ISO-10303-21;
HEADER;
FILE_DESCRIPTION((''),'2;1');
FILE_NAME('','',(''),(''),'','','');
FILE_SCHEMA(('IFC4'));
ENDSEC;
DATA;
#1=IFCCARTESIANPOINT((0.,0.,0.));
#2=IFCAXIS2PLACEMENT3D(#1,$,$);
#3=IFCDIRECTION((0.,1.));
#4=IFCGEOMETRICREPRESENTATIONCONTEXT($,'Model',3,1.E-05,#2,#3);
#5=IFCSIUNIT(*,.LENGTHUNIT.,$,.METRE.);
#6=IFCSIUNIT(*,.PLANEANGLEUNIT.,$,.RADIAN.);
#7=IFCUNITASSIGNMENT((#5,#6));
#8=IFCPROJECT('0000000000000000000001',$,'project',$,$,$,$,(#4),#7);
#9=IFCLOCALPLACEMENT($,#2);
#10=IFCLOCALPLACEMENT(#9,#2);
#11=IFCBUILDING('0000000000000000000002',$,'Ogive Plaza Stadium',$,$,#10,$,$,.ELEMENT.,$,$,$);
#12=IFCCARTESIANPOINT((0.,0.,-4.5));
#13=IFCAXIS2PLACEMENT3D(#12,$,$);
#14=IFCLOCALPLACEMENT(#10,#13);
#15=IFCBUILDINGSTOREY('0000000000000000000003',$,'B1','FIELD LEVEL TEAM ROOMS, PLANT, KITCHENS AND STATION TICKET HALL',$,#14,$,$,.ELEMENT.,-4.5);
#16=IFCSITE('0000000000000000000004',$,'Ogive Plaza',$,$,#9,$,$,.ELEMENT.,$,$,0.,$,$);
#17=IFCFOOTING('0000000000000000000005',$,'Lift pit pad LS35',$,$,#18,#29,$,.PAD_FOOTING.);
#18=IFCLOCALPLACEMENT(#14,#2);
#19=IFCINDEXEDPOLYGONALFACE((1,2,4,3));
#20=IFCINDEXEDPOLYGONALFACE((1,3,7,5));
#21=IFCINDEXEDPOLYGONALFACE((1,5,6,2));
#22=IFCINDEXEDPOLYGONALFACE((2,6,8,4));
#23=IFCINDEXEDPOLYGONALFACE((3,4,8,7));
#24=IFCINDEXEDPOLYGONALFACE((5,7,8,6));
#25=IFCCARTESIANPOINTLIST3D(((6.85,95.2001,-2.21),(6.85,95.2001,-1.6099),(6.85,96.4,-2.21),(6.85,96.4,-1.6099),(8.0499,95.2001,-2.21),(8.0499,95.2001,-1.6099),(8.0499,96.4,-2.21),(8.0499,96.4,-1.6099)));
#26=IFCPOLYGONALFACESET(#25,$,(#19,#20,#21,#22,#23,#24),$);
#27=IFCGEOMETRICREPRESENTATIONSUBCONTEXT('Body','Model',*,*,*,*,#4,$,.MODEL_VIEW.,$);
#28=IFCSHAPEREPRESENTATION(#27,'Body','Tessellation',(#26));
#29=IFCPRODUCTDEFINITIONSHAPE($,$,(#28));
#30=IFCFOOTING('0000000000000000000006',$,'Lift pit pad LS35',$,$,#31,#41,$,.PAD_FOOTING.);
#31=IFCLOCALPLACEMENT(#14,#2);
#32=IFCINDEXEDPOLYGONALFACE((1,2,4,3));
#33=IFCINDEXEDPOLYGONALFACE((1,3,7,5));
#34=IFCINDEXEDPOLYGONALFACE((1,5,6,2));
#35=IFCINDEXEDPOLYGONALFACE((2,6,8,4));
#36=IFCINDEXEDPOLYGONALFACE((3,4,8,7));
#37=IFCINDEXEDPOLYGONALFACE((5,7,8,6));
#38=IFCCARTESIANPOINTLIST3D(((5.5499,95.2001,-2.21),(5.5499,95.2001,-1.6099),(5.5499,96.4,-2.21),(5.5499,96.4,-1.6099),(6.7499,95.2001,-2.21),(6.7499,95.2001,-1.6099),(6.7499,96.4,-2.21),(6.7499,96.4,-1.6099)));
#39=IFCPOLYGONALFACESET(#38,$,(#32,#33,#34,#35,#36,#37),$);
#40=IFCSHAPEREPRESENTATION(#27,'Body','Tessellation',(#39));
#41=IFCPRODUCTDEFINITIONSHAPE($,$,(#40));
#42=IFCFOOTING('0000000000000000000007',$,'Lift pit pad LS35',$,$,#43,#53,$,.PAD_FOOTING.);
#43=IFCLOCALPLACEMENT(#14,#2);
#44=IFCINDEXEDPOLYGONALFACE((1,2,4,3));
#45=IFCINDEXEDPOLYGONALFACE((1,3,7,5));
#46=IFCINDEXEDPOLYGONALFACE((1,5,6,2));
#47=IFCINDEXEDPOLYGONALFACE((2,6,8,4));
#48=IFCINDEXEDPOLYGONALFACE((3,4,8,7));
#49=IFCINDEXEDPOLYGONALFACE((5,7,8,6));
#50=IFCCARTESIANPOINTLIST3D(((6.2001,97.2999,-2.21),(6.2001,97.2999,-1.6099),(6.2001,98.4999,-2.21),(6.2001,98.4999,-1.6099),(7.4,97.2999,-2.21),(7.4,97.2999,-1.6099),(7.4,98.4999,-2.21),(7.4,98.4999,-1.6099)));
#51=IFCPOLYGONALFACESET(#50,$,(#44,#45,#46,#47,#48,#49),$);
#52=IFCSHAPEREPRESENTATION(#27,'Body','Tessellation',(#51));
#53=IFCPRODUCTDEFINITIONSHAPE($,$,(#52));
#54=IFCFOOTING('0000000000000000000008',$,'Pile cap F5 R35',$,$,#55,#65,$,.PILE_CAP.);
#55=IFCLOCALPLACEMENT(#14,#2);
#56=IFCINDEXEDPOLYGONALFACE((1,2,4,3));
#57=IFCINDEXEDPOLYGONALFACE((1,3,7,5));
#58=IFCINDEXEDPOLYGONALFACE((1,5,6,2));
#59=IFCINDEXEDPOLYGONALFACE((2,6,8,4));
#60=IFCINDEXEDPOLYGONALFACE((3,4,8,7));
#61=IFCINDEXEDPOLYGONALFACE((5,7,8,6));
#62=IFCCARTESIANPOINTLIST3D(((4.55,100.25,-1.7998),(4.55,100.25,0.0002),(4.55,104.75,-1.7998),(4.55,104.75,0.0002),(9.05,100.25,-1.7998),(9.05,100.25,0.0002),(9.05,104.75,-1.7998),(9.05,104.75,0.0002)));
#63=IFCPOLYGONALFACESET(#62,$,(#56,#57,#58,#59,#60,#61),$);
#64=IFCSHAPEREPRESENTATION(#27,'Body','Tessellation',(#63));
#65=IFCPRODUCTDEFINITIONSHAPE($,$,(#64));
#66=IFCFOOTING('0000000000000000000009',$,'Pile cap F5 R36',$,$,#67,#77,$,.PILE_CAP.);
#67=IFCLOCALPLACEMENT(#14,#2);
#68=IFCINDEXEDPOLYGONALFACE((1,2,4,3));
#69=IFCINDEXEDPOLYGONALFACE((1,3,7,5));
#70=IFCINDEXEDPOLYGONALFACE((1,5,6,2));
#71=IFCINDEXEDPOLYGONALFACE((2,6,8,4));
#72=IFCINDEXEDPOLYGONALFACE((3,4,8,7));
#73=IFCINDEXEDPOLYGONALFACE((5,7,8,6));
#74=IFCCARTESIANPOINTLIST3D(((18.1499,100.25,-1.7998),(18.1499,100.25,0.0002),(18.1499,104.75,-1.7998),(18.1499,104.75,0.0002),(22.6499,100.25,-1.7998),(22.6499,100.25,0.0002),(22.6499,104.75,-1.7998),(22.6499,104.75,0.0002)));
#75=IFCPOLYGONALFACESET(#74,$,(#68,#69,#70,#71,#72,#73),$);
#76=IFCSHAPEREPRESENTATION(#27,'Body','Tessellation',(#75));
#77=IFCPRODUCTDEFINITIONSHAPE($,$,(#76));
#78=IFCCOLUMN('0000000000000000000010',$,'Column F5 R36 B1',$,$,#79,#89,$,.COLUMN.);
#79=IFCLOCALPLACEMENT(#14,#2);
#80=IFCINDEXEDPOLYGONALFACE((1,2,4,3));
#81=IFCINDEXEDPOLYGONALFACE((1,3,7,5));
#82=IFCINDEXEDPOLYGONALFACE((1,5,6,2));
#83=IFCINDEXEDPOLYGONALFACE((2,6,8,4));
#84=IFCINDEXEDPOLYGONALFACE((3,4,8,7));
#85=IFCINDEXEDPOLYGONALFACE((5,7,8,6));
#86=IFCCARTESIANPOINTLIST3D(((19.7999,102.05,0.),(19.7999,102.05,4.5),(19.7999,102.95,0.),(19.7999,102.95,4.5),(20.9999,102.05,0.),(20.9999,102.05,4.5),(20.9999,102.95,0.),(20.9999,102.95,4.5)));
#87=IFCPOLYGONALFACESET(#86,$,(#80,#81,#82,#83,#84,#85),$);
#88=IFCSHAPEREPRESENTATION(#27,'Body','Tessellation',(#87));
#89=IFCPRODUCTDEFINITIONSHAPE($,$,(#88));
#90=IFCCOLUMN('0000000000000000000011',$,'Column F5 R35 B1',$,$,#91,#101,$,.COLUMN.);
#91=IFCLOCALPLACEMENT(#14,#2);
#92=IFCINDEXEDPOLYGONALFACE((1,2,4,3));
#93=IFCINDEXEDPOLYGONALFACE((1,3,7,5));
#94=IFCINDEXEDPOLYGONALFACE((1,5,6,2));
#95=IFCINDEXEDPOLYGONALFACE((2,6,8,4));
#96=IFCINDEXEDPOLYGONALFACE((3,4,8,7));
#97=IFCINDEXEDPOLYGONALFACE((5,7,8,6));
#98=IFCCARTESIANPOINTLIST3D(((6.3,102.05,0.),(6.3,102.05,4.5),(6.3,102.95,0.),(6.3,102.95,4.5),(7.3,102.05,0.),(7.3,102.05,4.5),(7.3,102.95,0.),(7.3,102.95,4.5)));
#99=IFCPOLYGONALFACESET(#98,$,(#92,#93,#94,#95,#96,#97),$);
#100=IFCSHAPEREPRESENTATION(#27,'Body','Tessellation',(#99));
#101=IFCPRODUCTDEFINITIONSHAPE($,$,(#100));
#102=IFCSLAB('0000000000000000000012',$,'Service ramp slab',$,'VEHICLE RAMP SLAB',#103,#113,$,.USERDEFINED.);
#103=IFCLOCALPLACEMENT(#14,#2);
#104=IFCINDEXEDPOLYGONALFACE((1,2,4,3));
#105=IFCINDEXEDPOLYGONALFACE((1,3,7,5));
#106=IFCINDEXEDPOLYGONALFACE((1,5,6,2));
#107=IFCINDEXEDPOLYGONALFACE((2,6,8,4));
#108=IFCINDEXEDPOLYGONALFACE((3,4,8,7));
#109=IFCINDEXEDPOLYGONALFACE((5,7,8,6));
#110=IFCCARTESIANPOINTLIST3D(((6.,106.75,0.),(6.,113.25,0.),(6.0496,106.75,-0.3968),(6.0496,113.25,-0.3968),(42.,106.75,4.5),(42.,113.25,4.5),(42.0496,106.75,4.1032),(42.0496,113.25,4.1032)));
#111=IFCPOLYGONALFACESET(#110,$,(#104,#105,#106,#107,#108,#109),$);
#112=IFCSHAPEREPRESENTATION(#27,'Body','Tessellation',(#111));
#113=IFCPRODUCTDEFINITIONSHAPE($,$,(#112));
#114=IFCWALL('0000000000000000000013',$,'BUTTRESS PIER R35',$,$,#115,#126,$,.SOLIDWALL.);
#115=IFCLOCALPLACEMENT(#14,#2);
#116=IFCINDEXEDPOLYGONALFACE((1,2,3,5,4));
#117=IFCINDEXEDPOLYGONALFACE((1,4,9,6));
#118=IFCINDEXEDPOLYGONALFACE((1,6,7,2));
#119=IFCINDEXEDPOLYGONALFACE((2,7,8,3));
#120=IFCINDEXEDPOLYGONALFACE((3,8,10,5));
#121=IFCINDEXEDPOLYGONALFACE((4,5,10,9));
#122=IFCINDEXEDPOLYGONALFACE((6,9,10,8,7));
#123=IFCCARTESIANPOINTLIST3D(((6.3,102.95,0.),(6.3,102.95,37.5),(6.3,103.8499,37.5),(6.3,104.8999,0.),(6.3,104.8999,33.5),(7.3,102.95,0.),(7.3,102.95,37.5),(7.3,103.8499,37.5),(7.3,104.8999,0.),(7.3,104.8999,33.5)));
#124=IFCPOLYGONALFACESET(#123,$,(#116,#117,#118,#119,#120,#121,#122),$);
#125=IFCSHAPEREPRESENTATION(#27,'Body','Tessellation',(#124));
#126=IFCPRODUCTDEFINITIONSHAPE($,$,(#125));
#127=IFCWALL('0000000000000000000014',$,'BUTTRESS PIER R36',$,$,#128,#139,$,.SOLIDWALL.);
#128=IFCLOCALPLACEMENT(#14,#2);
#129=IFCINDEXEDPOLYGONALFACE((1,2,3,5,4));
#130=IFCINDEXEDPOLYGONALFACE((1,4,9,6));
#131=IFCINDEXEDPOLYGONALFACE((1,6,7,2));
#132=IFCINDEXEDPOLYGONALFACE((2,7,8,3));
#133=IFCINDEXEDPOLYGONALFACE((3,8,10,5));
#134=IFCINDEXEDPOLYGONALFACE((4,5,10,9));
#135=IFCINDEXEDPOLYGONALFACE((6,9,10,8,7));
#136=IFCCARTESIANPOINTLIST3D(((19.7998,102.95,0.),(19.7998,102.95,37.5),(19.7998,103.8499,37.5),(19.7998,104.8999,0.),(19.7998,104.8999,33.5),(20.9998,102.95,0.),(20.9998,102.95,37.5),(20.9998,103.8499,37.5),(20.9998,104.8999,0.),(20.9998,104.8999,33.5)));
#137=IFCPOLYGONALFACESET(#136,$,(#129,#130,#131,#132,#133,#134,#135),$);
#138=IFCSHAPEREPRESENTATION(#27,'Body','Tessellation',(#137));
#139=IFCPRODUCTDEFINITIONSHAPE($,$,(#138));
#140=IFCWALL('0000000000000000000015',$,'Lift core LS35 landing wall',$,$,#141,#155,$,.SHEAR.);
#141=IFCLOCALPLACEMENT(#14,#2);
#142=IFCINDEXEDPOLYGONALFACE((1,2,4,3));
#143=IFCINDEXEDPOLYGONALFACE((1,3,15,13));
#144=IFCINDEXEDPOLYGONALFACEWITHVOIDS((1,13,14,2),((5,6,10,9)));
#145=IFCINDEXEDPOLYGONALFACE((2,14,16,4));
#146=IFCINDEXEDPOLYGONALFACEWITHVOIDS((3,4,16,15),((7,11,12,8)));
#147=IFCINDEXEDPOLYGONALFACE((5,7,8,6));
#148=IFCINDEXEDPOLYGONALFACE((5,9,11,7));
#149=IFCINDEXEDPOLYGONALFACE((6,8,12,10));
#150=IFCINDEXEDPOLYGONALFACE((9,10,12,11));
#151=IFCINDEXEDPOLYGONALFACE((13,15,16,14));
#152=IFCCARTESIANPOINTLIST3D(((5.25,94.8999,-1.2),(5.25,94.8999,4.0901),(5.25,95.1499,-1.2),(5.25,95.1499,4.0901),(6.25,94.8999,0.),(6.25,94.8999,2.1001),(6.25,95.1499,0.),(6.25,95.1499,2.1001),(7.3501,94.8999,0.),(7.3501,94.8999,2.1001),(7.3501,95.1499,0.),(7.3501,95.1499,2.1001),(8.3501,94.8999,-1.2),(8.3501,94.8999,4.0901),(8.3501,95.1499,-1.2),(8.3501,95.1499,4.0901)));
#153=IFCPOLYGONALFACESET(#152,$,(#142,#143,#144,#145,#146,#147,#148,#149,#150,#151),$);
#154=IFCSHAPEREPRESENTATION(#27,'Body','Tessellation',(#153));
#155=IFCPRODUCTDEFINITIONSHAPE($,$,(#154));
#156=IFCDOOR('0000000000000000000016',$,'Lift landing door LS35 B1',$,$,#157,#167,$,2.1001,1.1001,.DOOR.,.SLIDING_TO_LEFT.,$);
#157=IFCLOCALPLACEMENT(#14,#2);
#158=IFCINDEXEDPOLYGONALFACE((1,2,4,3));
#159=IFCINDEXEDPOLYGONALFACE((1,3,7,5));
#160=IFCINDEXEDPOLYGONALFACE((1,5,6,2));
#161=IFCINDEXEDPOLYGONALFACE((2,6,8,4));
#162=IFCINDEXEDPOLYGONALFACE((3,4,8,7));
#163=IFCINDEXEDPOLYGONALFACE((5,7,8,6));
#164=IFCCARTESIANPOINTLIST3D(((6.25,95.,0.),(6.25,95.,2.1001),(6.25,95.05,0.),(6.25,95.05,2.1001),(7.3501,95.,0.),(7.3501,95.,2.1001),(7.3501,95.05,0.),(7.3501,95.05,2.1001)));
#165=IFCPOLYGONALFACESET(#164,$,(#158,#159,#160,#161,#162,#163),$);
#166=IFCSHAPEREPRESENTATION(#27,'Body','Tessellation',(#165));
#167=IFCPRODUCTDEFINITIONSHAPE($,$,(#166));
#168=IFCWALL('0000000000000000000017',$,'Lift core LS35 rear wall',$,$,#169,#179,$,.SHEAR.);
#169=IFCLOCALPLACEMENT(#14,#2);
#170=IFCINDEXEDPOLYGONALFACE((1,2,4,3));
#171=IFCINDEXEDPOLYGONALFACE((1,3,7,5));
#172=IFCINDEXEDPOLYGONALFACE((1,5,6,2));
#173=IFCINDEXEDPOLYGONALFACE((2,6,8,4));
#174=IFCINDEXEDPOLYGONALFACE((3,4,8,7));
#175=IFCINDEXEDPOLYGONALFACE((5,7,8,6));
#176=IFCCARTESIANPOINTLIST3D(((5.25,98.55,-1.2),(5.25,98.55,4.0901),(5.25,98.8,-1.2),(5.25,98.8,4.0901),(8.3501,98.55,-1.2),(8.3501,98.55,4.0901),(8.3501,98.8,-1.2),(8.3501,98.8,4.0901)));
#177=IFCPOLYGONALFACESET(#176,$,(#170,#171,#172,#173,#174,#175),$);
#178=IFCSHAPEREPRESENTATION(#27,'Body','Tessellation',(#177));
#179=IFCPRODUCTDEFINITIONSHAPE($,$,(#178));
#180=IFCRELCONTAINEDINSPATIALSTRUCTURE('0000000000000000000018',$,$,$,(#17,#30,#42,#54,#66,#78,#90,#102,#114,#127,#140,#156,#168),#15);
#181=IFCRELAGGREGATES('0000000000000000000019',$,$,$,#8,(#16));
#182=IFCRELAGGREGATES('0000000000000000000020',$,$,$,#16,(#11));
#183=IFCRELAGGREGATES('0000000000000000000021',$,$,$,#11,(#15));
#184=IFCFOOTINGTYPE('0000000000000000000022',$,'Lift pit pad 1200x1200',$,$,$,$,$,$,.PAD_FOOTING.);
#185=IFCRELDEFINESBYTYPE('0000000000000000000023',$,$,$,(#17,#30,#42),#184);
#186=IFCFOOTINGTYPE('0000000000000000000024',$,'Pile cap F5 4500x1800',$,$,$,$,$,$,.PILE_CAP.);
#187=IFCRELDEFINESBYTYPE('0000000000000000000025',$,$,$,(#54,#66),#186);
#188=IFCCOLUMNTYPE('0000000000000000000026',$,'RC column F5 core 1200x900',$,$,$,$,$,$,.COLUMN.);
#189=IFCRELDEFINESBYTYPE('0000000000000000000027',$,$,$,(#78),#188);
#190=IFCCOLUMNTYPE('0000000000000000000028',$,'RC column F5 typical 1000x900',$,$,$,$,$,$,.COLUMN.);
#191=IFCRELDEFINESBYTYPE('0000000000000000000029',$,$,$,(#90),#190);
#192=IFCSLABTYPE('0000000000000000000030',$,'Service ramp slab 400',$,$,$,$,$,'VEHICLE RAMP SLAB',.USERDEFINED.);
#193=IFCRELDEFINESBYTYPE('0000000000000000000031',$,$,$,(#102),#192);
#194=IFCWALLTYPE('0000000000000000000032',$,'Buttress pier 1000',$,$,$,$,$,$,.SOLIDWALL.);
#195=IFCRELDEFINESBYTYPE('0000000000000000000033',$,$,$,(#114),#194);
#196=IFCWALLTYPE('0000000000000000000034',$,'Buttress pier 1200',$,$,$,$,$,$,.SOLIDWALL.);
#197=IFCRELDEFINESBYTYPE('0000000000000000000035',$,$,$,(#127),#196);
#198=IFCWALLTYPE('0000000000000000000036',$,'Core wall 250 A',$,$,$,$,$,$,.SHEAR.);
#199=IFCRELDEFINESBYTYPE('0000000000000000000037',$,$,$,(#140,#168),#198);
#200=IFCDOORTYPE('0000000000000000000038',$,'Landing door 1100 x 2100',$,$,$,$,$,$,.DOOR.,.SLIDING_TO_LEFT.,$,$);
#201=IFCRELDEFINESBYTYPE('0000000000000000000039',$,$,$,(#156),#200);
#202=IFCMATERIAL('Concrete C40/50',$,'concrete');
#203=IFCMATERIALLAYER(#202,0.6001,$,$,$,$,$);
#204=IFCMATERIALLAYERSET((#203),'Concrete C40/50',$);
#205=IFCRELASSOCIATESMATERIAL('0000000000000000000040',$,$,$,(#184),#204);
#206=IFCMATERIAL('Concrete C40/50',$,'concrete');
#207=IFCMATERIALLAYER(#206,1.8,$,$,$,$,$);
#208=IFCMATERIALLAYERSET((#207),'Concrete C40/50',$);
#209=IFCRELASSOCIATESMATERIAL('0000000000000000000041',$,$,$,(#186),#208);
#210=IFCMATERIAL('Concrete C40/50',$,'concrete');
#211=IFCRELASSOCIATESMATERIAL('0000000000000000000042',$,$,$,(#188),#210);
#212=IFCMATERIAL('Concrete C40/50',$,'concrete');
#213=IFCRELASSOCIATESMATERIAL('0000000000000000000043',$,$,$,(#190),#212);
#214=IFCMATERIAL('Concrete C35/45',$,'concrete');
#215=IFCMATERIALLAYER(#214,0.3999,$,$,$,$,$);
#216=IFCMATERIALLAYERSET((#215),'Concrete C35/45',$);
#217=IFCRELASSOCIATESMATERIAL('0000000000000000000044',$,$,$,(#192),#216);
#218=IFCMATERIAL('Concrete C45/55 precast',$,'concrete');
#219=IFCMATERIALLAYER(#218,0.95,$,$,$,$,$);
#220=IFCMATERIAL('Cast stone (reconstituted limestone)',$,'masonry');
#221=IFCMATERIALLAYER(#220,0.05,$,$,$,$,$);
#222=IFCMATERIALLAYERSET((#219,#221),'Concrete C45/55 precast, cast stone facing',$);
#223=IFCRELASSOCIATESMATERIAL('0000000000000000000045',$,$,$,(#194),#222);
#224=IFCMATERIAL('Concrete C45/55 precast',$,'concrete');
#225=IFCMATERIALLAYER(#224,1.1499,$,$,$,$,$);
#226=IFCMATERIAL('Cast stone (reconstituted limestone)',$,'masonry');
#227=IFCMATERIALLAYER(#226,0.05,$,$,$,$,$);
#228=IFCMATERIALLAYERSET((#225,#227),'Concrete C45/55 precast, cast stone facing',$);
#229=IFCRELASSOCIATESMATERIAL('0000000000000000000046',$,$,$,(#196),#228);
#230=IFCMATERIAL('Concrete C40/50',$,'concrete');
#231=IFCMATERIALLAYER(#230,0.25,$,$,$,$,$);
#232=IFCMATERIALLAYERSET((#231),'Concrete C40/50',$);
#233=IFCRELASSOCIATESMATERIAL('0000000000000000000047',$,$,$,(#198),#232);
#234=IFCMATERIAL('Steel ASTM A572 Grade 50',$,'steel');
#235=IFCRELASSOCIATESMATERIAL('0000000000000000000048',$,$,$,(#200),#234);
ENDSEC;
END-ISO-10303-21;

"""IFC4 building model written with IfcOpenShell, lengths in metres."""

from ifc_helpers import new_model, si_unit, direction, frame, frame_2d, origin, origin_2d, place, context, subcontext, project, spatial, polyline, rectangle, outline, extrude, material, layer, layer_set, material_profile, profile_set, type_object, element, fill, save


model = new_model("IFC4")

# Units and contexts
model_context = context("Model", 3, precision=1e-05, world=origin(), true_north=direction((0.0, 1.0)))
body_context = subcontext(model_context, "Body", "Model", "MODEL_VIEW")
ifc_project = project(units=[si_unit("LENGTHUNIT", "METRE"), si_unit("PLANEANGLEUNIT", "RADIAN")], contexts=[model_context])

# Site, building, storey
site_placement = place(None, origin())
site = spatial("IfcSite", under=ifc_project, at=site_placement, Name="Ogive Plaza", CompositionType="ELEMENT", RefElevation=0.0)
building_placement = place(site_placement, origin())
building = spatial("IfcBuilding", under=site, at=building_placement, Name="Ogive Plaza Stadium", CompositionType="ELEMENT")
storey_placement = place(building_placement, frame((0.0, 0.0, -4.5)))
storey = spatial("IfcBuildingStorey", under=building, at=storey_placement, Name="B1", Description="FIELD LEVEL TEAM ROOMS, PLANT, KITCHENS AND STATION TICKET HALL", CompositionType="ELEMENT", Elevation=-4.5)

# Footings
ifc_material_1 = material(Name="Concrete C40/50", Category="concrete")
ifc_layer_1 = layer(ifc_material_1, 0.6001)
ifc_layer_set_1 = layer_set([ifc_layer_1], Name="Concrete C40/50")
footing_type_1 = type_object("IfcFootingType", Name="Lift pit pad 1200x1200", PredefinedType="PAD_FOOTING", material=ifc_layer_set_1)
for number, where, z_axis, x_axis, name in (
    (1, (7.45, 95.8, -2.21), (0.0, 0.0, 1.0), (0.0, 1.0, 0.0), "Lift pit pad LS35"),
    (2, (6.1499, 95.8, -2.21), (0.0, 0.0, 1.0), (0.0, 1.0, 0.0), "Lift pit pad LS35"),
    (3, (6.8, 97.8999, -2.21), (0.0, 0.0, 1.0), (0.0, 1.0, 0.0), "Lift pit pad LS35"),
):
    element("IfcFooting", number, at=place(storey_placement, frame(where, z_axis=z_axis, x_axis=x_axis)), inside=storey, type_object=footing_type_1, Name=name, PredefinedType="PAD_FOOTING", context=body_context, shape_type="SweptSolid", body=[
        extrude(rectangle(XDim=1.2, YDim=1.2, at=origin_2d()), origin(), (0.0, 0.0, 1.0), 0.6001),
    ])
ifc_material_2 = material(Name="Concrete C40/50", Category="concrete")
ifc_layer_2 = layer(ifc_material_2, 1.8)
ifc_layer_set_2 = layer_set([ifc_layer_2], Name="Concrete C40/50")
footing_type_2 = type_object("IfcFootingType", Name="Pile cap F5 4500x1800", PredefinedType="PILE_CAP", material=ifc_layer_set_2)
for number, where, z_axis, x_axis, name in (
    (4, (6.8, 102.5, -1.7998), (0.0, 0.0, 1.0), (0.0, 1.0, 0.0), "Pile cap F5 R35"),
    (5, (20.3999, 102.5, -1.7998), (0.0, 0.0, 1.0), (0.0, 1.0, 0.0), "Pile cap F5 R36"),
):
    element("IfcFooting", number, at=place(storey_placement, frame(where, z_axis=z_axis, x_axis=x_axis)), inside=storey, type_object=footing_type_2, Name=name, PredefinedType="PILE_CAP", context=body_context, shape_type="SweptSolid", body=[
        extrude(rectangle(XDim=4.5, YDim=4.5, at=origin_2d()), origin(), (0.0, 0.0, 1.0), 1.8),
    ])

# Columns
ifc_material_3 = material(Name="Concrete C40/50", Category="concrete")
ifc_material_profile_1 = material_profile(ifc_material_3, rectangle(XDim=1.2, YDim=0.8999, at=origin_2d()), Name="RC 1200x900")
ifc_profile_set_1 = profile_set([ifc_material_profile_1], Name="Concrete C40/50")
column_type_1 = type_object("IfcColumnType", Name="RC column F5 core 1200x900", PredefinedType="COLUMN", material=ifc_profile_set_1)
column_1_placement = place(storey_placement, frame((20.3999, 102.5, 0.0), z_axis=(0.0, 0.0, 1.0), x_axis=(-1.0, 0.0, 0.0)))
element("IfcColumn", 6, at=column_1_placement, inside=storey, type_object=column_type_1, Name="Column F5 R36 B1", PredefinedType="COLUMN", context=body_context, shape_type="SweptSolid", body=[
    extrude(rectangle(XDim=1.2, YDim=0.8999, at=origin_2d()), origin(), (0.0, 0.0, 1.0), 4.5),
])
ifc_material_4 = material(Name="Concrete C40/50", Category="concrete")
ifc_material_profile_2 = material_profile(ifc_material_4, rectangle(XDim=1.0, YDim=0.8999, at=origin_2d()), Name="RC 1000x900")
ifc_profile_set_2 = profile_set([ifc_material_profile_2], Name="Concrete C40/50")
column_type_2 = type_object("IfcColumnType", Name="RC column F5 typical 1000x900", PredefinedType="COLUMN", material=ifc_profile_set_2)
column_2_placement = place(storey_placement, frame((6.8, 102.5, 0.0), z_axis=(0.0, 0.0, 1.0), x_axis=(-1.0, 0.0, 0.0)))
element("IfcColumn", 7, at=column_2_placement, inside=storey, type_object=column_type_2, Name="Column F5 R35 B1", PredefinedType="COLUMN", context=body_context, shape_type="SweptSolid", body=[
    extrude(rectangle(XDim=1.0, YDim=0.8999, at=origin_2d()), origin(), (0.0, 0.0, 1.0), 4.5),
])

# Slab
ifc_material_5 = material(Name="Concrete C35/45", Category="concrete")
ifc_layer_3 = layer(ifc_material_5, 0.3999)
ifc_layer_set_3 = layer_set([ifc_layer_3], Name="Concrete C35/45")
slab_type = type_object("IfcSlabType", Name="Service ramp slab 400", ElementType="VEHICLE RAMP SLAB", PredefinedType="USERDEFINED", material=ifc_layer_set_3)
slab_placement = place(storey_placement, frame((6.0, 106.75, 0.0), z_axis=(-0.124035, 0.0, 0.992278), x_axis=(0.0, 1.0, 0.0)))
element("IfcSlab", 8, at=slab_placement, inside=storey, type_object=slab_type, Name="Service ramp slab", ObjectType="VEHICLE RAMP SLAB", PredefinedType="USERDEFINED", context=body_context, shape_type="SweptSolid", body=[
    extrude(outline(polyline([(0.0, 0.0), (6.5, 0.0), (6.5, -36.2802), (0.0, -36.2802), (0.0, 0.0)])), origin(), (0.0, 0.0, -1.0), 0.3999),
])

# Walls
ifc_material_6 = material(Name="Concrete C45/55 precast", Category="concrete")
ifc_layer_4 = layer(ifc_material_6, 0.95)
ifc_material_7 = material(Name="Cast stone (reconstituted limestone)", Category="masonry")
ifc_layer_5 = layer(ifc_material_7, 0.05)
ifc_layer_set_4 = layer_set([ifc_layer_4, ifc_layer_5], Name="Concrete C45/55 precast, cast stone facing")
wall_type_1 = type_object("IfcWallType", Name="Buttress pier 1000", PredefinedType="SOLIDWALL", material=ifc_layer_set_4)
wall_1_placement = place(storey_placement, frame((6.8, 102.95, 0.0), z_axis=(0.0, 0.0, 1.0), x_axis=(0.0, 1.0, 0.0)))
element("IfcWall", 9, at=wall_1_placement, inside=storey, type_object=wall_type_1, Name="BUTTRESS PIER R35", PredefinedType="SOLIDWALL", context=body_context, shape_type="SweptSolid", body=[
    extrude(outline(polyline([(0.0, 0.0), (1.95, 0.0), (1.95, 33.5), (0.8999, 37.5), (0.0, 37.5), (0.0, 0.0)])), frame((0.0, 0.5, 0.0), z_axis=(0.0, -1.0, 0.0), x_axis=(1.0, 0.0, 0.0)), (0.0, 0.0, 1.0), 1.0),
])
ifc_material_8 = material(Name="Concrete C45/55 precast", Category="concrete")
ifc_layer_6 = layer(ifc_material_8, 1.1499)
ifc_material_9 = material(Name="Cast stone (reconstituted limestone)", Category="masonry")
ifc_layer_7 = layer(ifc_material_9, 0.05)
ifc_layer_set_5 = layer_set([ifc_layer_6, ifc_layer_7], Name="Concrete C45/55 precast, cast stone facing")
wall_type_2 = type_object("IfcWallType", Name="Buttress pier 1200", PredefinedType="SOLIDWALL", material=ifc_layer_set_5)
wall_2_placement = place(storey_placement, frame((20.3999, 102.95, 0.0), z_axis=(0.0, 0.0, 1.0), x_axis=(0.0, 1.0, 0.0)))
element("IfcWall", 10, at=wall_2_placement, inside=storey, type_object=wall_type_2, Name="BUTTRESS PIER R36", PredefinedType="SOLIDWALL", context=body_context, shape_type="SweptSolid", body=[
    extrude(outline(polyline([(0.0, 0.0), (1.95, 0.0), (1.95, 33.5), (0.8999, 37.5), (0.0, 37.5), (0.0, 0.0)])), frame((0.0, 0.6001, 0.0), z_axis=(0.0, -1.0, 0.0), x_axis=(1.0, 0.0, 0.0)), (0.0, 0.0, 1.0), 1.2),
])

# Wall, opening, door
ifc_material_10 = material(Name="Concrete C40/50", Category="concrete")
ifc_layer_8 = layer(ifc_material_10, 0.25)
ifc_layer_set_6 = layer_set([ifc_layer_8], Name="Concrete C40/50")
wall_type_3 = type_object("IfcWallType", Name="Core wall 250 A", PredefinedType="SHEAR", material=ifc_layer_set_6)
wall_3_placement = place(storey_placement, frame((8.3501, 95.0249, -1.2), z_axis=(0.0, 0.0, 1.0), x_axis=(-1.0, 0.0, 0.0)))
wall_3 = element("IfcWall", 11, at=wall_3_placement, inside=storey, type_object=wall_type_3, Name="Lift core LS35 landing wall", PredefinedType="SHEAR", context=body_context, shape_type="SweptSolid", body=[
    extrude(rectangle(XDim=3.1001, YDim=0.25, at=frame_2d((1.55, 0.0))), origin(), (0.0, 0.0, 1.0), 5.29),
])
opening_placement = place(wall_3_placement, frame((1.0, 0.0, 1.2)))
opening = element("IfcOpeningElement", 12, at=opening_placement, cuts=wall_3, PredefinedType="OPENING", context=body_context, shape_type="SweptSolid", body=[
    extrude(rectangle(XDim=1.1001, YDim=2.1001, at=frame_2d((0.55, 1.05))), frame((0.0, 0.125, 0.0), z_axis=(0.0, -1.0, 0.0), x_axis=(1.0, 0.0, 0.0)), (0.0, 0.0, 1.0), 0.25),
])
ifc_material_11 = material(Name="Steel ASTM A572 Grade 50", Category="steel")
door_type = type_object("IfcDoorType", Name="Landing door 1100 x 2100", OperationType="SLIDING_TO_LEFT", PredefinedType="DOOR", material=ifc_material_11)
door_placement = place(opening_placement, origin())
door = element("IfcDoor", 13, at=door_placement, inside=storey, type_object=door_type, Name="Lift landing door LS35 B1", OperationType="SLIDING_TO_LEFT", OverallHeight=2.1001, OverallWidth=1.1001, PredefinedType="DOOR", context=body_context, shape_type="SweptSolid", body=[
    extrude(rectangle(XDim=1.1001, YDim=2.1001, at=frame_2d((0.55, 1.05))), frame((0.0, 0.0249, 0.0), z_axis=(0.0, -1.0, 0.0), x_axis=(1.0, 0.0, 0.0)), (0.0, 0.0, 1.0), 0.05),
])
fill(opening, door)

# Wall
wall_4_placement = place(storey_placement, frame((8.3501, 98.675, -1.2), z_axis=(0.0, 0.0, 1.0), x_axis=(-1.0, 0.0, 0.0)))
element("IfcWall", 14, at=wall_4_placement, inside=storey, type_object=wall_type_3, Name="Lift core LS35 rear wall", PredefinedType="SHEAR", context=body_context, shape_type="SweptSolid", body=[
    extrude(rectangle(XDim=3.1001, YDim=0.25, at=frame_2d((1.55, 0.0))), origin(), (0.0, 0.0, 1.0), 5.29),
])

save(model, "model.ifc")
